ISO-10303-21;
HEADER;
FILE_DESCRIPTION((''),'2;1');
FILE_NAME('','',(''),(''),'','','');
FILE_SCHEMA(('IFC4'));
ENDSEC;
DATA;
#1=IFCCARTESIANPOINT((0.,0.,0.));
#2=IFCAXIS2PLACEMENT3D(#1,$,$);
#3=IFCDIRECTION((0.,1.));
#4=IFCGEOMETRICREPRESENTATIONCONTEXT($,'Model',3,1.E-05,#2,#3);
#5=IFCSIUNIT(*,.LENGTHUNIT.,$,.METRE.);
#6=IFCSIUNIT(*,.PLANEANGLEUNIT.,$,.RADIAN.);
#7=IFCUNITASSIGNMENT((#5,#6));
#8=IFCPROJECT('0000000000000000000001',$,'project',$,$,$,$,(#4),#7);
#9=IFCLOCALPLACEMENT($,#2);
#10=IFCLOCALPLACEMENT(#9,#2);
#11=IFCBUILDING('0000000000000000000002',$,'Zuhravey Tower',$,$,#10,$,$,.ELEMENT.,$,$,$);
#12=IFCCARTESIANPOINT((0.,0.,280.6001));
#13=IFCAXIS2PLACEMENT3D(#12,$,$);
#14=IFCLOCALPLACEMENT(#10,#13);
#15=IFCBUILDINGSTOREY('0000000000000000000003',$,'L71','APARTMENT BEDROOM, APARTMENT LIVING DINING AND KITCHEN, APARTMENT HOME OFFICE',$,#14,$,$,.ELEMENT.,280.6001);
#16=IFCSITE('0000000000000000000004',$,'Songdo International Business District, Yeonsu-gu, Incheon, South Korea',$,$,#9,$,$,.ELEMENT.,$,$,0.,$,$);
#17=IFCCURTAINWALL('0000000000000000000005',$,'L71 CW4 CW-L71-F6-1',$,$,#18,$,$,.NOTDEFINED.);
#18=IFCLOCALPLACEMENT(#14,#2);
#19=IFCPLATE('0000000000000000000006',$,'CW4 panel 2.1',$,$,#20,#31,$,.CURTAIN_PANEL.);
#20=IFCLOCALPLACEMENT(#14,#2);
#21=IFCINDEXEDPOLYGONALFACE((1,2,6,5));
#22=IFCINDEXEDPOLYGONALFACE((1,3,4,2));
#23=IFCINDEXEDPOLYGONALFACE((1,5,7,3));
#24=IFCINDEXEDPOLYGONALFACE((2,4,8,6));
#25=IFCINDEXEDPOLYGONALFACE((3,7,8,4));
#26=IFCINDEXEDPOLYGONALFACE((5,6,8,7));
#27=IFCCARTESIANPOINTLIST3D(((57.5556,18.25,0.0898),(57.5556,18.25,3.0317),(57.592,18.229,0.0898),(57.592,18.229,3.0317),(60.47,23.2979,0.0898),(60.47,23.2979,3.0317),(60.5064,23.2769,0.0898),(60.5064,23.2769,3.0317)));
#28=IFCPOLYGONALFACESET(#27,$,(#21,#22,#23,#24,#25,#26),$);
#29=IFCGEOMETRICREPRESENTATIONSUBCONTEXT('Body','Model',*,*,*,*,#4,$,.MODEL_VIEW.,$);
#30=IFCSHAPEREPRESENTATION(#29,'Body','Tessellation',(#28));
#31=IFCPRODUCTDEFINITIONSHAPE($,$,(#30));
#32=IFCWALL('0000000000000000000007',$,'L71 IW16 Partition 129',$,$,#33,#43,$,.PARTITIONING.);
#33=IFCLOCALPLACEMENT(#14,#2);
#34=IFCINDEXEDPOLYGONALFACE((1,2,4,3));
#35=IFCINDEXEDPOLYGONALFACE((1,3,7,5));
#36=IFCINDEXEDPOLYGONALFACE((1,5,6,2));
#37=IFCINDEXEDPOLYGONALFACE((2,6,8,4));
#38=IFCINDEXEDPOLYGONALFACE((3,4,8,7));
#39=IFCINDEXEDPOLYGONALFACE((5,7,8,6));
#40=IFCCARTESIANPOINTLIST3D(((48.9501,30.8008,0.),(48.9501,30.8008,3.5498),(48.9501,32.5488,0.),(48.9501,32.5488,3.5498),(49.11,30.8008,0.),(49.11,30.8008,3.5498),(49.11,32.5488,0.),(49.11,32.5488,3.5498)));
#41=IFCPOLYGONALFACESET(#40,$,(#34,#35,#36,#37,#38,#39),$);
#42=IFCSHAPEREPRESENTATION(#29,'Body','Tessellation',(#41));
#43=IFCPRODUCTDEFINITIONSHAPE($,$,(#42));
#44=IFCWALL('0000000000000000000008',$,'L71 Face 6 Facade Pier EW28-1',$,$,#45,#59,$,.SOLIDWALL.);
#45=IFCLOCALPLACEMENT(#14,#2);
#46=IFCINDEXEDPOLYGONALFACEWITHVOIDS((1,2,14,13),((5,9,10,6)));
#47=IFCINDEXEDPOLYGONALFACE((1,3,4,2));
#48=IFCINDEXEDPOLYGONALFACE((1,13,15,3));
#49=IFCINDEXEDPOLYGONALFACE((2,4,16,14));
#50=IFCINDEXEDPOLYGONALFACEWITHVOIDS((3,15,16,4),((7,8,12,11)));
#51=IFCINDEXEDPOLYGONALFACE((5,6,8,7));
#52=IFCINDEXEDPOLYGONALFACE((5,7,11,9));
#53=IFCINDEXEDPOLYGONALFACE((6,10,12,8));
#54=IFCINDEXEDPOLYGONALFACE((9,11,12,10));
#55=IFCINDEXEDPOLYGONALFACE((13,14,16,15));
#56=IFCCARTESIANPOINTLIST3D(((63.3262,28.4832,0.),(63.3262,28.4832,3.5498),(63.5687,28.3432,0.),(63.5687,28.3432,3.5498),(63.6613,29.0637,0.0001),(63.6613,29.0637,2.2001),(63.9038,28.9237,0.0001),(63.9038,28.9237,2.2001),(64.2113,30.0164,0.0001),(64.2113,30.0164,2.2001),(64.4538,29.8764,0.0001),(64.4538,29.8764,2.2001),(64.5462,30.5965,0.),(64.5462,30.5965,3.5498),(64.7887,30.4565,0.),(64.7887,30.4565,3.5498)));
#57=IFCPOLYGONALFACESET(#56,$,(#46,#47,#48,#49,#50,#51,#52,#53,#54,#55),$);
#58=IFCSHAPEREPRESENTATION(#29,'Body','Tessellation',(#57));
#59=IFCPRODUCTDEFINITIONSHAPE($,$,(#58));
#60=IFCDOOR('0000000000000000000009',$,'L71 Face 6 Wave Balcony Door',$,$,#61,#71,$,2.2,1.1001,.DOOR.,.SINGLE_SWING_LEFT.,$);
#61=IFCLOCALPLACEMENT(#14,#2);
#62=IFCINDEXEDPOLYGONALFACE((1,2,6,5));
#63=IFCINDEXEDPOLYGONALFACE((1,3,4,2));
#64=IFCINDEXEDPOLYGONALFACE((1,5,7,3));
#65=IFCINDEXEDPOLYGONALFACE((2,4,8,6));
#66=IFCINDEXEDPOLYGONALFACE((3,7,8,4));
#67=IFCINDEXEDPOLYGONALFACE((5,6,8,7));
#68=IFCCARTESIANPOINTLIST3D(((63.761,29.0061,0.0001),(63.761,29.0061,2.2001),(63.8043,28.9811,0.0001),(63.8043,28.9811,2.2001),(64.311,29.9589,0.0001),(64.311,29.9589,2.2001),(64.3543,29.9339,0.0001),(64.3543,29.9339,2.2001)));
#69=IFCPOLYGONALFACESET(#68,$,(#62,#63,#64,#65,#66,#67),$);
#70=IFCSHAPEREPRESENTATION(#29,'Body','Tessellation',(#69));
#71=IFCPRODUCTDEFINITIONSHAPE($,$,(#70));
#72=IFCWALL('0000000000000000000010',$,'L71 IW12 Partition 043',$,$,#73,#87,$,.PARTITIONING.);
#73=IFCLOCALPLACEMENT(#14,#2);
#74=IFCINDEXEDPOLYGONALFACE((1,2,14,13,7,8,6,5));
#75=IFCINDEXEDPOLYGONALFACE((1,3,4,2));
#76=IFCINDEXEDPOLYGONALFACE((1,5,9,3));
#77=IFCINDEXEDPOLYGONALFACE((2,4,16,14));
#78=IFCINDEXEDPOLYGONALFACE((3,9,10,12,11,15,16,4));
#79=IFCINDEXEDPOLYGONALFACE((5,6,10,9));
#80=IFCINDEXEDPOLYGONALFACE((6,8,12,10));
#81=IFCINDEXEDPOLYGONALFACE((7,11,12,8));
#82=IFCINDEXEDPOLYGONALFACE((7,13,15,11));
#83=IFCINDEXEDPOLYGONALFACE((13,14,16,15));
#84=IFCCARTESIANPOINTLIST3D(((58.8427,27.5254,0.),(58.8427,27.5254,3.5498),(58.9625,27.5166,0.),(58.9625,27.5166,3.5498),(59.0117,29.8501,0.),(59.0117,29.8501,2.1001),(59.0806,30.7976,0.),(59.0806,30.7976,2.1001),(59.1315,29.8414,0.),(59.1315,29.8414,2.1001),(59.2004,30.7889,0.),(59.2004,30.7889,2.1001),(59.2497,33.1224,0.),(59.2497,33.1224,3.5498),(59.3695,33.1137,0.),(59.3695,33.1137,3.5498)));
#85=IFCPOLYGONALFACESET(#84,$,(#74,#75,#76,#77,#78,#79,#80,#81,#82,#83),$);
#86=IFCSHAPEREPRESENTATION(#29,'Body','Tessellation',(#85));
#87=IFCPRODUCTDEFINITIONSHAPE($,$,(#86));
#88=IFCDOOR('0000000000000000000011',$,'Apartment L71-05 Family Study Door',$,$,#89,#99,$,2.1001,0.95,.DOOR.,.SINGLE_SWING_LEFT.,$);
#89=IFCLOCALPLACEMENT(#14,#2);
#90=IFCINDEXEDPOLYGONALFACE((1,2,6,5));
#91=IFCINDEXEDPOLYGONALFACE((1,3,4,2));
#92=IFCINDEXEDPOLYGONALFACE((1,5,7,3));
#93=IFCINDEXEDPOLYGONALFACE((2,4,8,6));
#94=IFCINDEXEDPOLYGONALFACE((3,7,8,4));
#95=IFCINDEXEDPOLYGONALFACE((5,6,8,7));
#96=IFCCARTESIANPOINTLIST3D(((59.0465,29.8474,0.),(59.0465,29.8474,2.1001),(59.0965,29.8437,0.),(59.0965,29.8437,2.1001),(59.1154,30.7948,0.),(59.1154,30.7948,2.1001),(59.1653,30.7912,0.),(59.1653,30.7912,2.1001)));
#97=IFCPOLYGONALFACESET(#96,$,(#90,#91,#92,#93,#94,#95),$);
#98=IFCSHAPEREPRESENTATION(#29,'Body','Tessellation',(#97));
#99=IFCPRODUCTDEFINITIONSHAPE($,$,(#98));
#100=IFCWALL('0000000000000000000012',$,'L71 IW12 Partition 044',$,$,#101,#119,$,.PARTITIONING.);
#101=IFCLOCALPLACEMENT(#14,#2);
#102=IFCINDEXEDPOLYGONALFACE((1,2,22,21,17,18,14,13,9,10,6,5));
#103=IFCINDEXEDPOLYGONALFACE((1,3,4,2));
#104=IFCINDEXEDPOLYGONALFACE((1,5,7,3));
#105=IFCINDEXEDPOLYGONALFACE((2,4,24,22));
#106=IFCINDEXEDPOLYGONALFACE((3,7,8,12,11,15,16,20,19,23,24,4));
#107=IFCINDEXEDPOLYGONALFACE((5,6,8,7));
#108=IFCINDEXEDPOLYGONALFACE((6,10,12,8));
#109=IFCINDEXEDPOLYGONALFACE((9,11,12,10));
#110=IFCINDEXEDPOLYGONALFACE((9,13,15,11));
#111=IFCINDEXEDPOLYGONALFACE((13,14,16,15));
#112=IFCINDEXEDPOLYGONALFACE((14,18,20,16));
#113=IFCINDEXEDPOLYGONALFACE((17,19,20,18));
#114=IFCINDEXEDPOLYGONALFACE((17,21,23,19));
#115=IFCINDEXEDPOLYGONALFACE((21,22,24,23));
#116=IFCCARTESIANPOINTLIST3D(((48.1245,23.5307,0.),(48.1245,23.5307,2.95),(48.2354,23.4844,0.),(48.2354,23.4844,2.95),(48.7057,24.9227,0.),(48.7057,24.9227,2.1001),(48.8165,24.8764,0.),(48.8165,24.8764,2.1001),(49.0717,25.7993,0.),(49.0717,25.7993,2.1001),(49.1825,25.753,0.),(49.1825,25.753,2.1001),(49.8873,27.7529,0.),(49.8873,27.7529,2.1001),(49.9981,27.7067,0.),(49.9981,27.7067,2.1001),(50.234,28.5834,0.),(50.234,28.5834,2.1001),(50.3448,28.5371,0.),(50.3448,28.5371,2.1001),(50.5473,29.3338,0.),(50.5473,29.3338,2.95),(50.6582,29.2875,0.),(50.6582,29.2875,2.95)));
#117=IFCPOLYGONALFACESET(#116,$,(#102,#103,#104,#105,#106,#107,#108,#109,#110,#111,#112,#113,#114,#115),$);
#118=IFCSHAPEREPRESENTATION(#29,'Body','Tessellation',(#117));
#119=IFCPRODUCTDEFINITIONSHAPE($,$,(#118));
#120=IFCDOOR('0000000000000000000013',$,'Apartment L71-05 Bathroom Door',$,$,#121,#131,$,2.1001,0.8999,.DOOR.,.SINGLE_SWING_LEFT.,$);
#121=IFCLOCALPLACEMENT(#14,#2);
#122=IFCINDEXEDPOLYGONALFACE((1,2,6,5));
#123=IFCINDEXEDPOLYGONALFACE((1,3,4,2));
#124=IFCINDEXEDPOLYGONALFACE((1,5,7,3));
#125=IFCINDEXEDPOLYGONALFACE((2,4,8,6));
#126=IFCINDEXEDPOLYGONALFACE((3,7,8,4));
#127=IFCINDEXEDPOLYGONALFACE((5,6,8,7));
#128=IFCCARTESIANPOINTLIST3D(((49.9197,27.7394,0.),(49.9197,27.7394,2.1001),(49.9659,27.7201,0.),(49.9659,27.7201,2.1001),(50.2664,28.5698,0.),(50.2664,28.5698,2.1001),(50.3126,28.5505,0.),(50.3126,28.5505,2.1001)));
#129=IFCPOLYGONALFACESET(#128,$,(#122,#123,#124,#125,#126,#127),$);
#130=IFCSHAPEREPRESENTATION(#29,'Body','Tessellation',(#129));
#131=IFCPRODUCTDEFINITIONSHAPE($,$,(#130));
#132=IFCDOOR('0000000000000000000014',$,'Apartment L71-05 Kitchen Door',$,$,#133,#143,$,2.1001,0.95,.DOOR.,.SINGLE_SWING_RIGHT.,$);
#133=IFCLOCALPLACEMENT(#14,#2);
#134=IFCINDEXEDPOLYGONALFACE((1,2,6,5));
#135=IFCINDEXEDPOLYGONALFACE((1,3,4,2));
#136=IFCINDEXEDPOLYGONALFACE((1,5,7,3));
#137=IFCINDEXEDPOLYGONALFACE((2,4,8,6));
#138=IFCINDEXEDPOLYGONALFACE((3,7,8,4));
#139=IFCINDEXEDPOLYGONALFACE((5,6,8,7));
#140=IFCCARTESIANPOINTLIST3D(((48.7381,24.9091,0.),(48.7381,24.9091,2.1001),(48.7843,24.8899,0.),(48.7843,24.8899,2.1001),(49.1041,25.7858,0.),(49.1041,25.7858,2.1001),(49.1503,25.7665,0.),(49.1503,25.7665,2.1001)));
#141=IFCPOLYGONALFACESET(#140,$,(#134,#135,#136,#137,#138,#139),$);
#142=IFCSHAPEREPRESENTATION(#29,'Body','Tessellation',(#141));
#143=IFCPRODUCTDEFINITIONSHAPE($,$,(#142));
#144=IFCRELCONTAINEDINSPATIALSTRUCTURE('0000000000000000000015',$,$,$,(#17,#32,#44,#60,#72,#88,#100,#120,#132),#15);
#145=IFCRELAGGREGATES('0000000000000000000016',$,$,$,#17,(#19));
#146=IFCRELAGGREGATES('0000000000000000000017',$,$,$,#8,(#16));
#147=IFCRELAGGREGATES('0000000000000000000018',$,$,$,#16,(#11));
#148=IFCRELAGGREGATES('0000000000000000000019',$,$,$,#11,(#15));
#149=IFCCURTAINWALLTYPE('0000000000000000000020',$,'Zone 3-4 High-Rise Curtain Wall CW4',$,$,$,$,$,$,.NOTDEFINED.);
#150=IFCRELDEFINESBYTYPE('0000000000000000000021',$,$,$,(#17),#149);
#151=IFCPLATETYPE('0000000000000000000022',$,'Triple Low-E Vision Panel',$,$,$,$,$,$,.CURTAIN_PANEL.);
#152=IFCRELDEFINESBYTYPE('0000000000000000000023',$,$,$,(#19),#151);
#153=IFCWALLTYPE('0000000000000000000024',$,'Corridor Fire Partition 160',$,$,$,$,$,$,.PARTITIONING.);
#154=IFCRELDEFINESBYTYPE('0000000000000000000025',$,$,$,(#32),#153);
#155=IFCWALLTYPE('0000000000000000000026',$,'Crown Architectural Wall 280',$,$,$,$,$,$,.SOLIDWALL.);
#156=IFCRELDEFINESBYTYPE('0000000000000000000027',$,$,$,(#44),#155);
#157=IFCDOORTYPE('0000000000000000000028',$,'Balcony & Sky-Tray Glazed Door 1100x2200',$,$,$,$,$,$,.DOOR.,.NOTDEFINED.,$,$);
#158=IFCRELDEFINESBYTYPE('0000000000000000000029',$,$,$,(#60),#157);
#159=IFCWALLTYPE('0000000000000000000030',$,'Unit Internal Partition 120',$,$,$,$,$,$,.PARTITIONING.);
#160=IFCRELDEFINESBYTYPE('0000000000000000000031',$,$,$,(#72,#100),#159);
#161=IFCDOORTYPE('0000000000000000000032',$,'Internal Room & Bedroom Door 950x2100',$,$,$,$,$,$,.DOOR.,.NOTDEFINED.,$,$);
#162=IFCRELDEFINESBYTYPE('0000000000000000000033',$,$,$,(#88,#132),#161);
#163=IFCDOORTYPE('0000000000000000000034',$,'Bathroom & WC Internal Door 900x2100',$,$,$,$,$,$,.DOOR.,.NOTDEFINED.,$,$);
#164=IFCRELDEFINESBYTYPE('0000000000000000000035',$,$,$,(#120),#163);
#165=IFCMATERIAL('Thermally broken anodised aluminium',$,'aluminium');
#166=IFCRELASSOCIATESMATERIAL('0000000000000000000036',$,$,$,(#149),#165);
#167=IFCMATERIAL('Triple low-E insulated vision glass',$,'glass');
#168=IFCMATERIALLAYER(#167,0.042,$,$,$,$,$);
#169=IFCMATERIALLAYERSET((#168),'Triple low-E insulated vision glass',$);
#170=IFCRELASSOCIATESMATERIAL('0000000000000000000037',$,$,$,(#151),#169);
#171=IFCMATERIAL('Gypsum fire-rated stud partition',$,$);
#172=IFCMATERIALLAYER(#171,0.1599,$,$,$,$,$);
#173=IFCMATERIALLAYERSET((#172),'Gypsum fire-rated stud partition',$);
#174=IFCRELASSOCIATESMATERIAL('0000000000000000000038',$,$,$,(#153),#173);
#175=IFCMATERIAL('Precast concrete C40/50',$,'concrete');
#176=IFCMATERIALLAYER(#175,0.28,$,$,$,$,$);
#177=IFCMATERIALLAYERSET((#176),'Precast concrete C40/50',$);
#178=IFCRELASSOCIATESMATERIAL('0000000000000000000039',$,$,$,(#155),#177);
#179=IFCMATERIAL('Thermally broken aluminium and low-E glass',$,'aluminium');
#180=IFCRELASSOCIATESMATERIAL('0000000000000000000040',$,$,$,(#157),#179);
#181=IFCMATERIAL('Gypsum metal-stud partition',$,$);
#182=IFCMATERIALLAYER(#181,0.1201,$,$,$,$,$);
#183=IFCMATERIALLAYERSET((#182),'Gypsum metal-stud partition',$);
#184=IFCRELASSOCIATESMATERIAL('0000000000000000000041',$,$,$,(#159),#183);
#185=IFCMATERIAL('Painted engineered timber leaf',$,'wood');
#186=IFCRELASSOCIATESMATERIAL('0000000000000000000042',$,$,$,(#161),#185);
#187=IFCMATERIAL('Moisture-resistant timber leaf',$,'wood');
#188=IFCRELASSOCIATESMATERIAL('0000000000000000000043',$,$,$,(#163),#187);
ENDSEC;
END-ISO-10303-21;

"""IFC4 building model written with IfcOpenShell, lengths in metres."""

from ifc_helpers import new_model, si_unit, direction, frame, frame_2d, origin, origin_2d, place, context, subcontext, project, spatial, rectangle, extrude, material, layer, layer_set, type_object, element, fill, aggregate, save


model = new_model("IFC4")

# Units and contexts
model_context = context("Model", 3, precision=1e-05, world=origin(), true_north=direction((0.0, 1.0)))
body_context = subcontext(model_context, "Body", "Model", "MODEL_VIEW")
ifc_project = project(units=[si_unit("LENGTHUNIT", "METRE"), si_unit("PLANEANGLEUNIT", "RADIAN")], contexts=[model_context])

# Site, building, storey
site_placement = place(None, origin())
site = spatial("IfcSite", under=ifc_project, at=site_placement, Name="Songdo International Business District, Yeonsu-gu, Incheon, South Korea", CompositionType="ELEMENT", RefElevation=0.0)
building_placement = place(site_placement, origin())
building = spatial("IfcBuilding", under=site, at=building_placement, Name="Zuhravey Tower", CompositionType="ELEMENT")
storey_placement = place(building_placement, frame((0.0, 0.0, 280.6001)))
storey = spatial("IfcBuildingStorey", under=building, at=storey_placement, Name="L71", Description="APARTMENT BEDROOM, APARTMENT LIVING DINING AND KITCHEN, APARTMENT HOME OFFICE", CompositionType="ELEMENT", Elevation=280.6001)

# Curtain wall
ifc_material_1 = material(Name="Thermally broken anodised aluminium", Category="aluminium")
curtain_wall_type = type_object("IfcCurtainWallType", Name="Zone 3-4 High-Rise Curtain Wall CW4", PredefinedType="NOTDEFINED", material=ifc_material_1)
curtain_wall_placement = place(storey_placement, origin())
curtain_wall = element("IfcCurtainWall", 1, at=curtain_wall_placement, inside=storey, type_object=curtain_wall_type, Name="L71 CW4 CW-L71-F6-1", PredefinedType="NOTDEFINED")

# Plate
ifc_material_2 = material(Name="Triple low-E insulated vision glass", Category="glass")
ifc_layer_1 = layer(ifc_material_2, 0.042)
ifc_layer_set_1 = layer_set([ifc_layer_1], Name="Triple low-E insulated vision glass")
plate_type = type_object("IfcPlateType", Name="Triple Low-E Vision Panel", PredefinedType="CURTAIN_PANEL", material=ifc_layer_set_1)
plate_1_placement = place(storey_placement, frame((59.031, 20.7634, 0.0898), z_axis=(0.0, 0.0, 1.0), x_axis=(-0.500002, -0.866024, 0.0)))
plate_1 = element("IfcPlate", 2, at=plate_1_placement, type_object=plate_type, Name="CW4 panel 2.1", PredefinedType="CURTAIN_PANEL", context=body_context, shape_type="SweptSolid", body=[
    extrude(rectangle(XDim=5.8289, YDim=0.042, at=origin_2d()), origin(), (0.0, 0.0, 1.0), 2.9419),
])
aggregate(curtain_wall, [plate_1])

# Wall
ifc_material_3 = material(Name="Gypsum fire-rated stud partition")
ifc_layer_2 = layer(ifc_material_3, 0.1599)
ifc_layer_set_2 = layer_set([ifc_layer_2], Name="Gypsum fire-rated stud partition")
wall_type_1 = type_object("IfcWallType", Name="Corridor Fire Partition 160", PredefinedType="PARTITIONING", material=ifc_layer_set_2)
wall_1_placement = place(storey_placement, frame((49.03, 30.8008, 0.0), z_axis=(0.0, 0.0, 1.0), x_axis=(0.0, 1.0, 0.0)))
element("IfcWall", 3, at=wall_1_placement, inside=storey, type_object=wall_type_1, Name="L71 IW16 Partition 129", PredefinedType="PARTITIONING", context=body_context, shape_type="SweptSolid", body=[
    extrude(rectangle(XDim=1.748, YDim=0.1599, at=frame_2d((0.874, 0.0))), origin(), (0.0, 0.0, 1.0), 3.5498),
])

# Walls, openings, doors
ifc_material_4 = material(Name="Precast concrete C40/50", Category="concrete")
ifc_layer_3 = layer(ifc_material_4, 0.28)
ifc_layer_set_3 = layer_set([ifc_layer_3], Name="Precast concrete C40/50")
wall_type_2 = type_object("IfcWallType", Name="Crown Architectural Wall 280", PredefinedType="SOLIDWALL", material=ifc_layer_set_3)
wall_2_placement = place(storey_placement, frame((64.6675, 30.5266, 0.0), z_axis=(0.0, 0.0, 1.0), x_axis=(-0.499959, -0.866049, 0.0)))
wall_2 = element("IfcWall", 4, at=wall_2_placement, inside=storey, type_object=wall_type_2, Name="L71 Face 6 Facade Pier EW28-1", PredefinedType="SOLIDWALL", context=body_context, shape_type="SweptSolid", body=[
    extrude(rectangle(XDim=2.4402, YDim=0.28, at=frame_2d((1.2202, 0.0))), origin(), (0.0, 0.0, 1.0), 3.5498),
])
opening_1_placement = place(wall_2_placement, frame((0.6699, 0.0, 0.0)))
opening_1 = element("IfcOpeningElement", 5, at=opening_1_placement, cuts=wall_2, PredefinedType="OPENING", context=body_context, shape_type="SweptSolid", body=[
    extrude(rectangle(XDim=1.1001, YDim=2.2, at=frame_2d((0.55, 1.1001))), frame((0.0, 0.1521, 0.0), z_axis=(0.0, -1.0, 0.0), x_axis=(1.0, 0.0, 0.0)), (0.0, 0.0, 1.0), 0.304),
])
ifc_material_5 = material(Name="Thermally broken aluminium and low-E glass", Category="aluminium")
door_type_1 = type_object("IfcDoorType", Name="Balcony & Sky-Tray Glazed Door 1100x2200", OperationType="NOTDEFINED", PredefinedType="DOOR", material=ifc_material_5)
door_1_placement = place(opening_1_placement, frame((1.1001, 0.0, 0.0), z_axis=(0.0, 0.0, 1.0), x_axis=(-1.0, 0.0, 0.0)))
door_1 = element("IfcDoor", 6, at=door_1_placement, inside=storey, type_object=door_type_1, Name="L71 Face 6 Wave Balcony Door", OperationType="SINGLE_SWING_LEFT", OverallHeight=2.2, OverallWidth=1.1001, PredefinedType="DOOR", context=body_context, shape_type="SweptSolid", body=[
    extrude(rectangle(XDim=1.1001, YDim=2.2, at=frame_2d((0.55, 1.1001))), frame((0.0, 0.0249, 0.0), z_axis=(0.0, -1.0, 0.0), x_axis=(1.0, 0.0, 0.0)), (0.0, 0.0, 1.0), 0.05),
])
fill(opening_1, door_1)
ifc_material_6 = material(Name="Gypsum metal-stud partition")
ifc_layer_4 = layer(ifc_material_6, 0.1201)
ifc_layer_set_4 = layer_set([ifc_layer_4], Name="Gypsum metal-stud partition")
wall_type_3 = type_object("IfcWallType", Name="Unit Internal Partition 120", PredefinedType="PARTITIONING", material=ifc_layer_set_4)
wall_3_placement = place(storey_placement, frame((58.9026, 27.521, 0.0), z_axis=(0.0, 0.0, 1.0), x_axis=(0.072524, 0.997367, 0.0)))
wall_3 = element("IfcWall", 7, at=wall_3_placement, inside=storey, type_object=wall_type_3, Name="L71 IW12 Partition 043", PredefinedType="PARTITIONING", context=body_context, shape_type="SweptSolid", body=[
    extrude(rectangle(XDim=5.6118, YDim=0.1201, at=frame_2d((2.8059, 0.0))), origin(), (0.0, 0.0, 1.0), 3.5498),
])
opening_2_placement = place(wall_3_placement, frame((2.3308, 0.0, 0.0)))
opening_2 = element("IfcOpeningElement", 8, at=opening_2_placement, cuts=wall_3, PredefinedType="OPENING", context=body_context, shape_type="SweptSolid", body=[
    extrude(rectangle(XDim=0.95, YDim=2.1001, at=frame_2d((0.4751, 1.05))), frame((0.0, 0.072, 0.0), z_axis=(0.0, -1.0, 0.0), x_axis=(1.0, 0.0, 0.0)), (0.0, 0.0, 1.0), 0.144),
])
ifc_material_7 = material(Name="Painted engineered timber leaf", Category="wood")
door_type_2 = type_object("IfcDoorType", Name="Internal Room & Bedroom Door 950x2100", OperationType="NOTDEFINED", PredefinedType="DOOR", material=ifc_material_7)
door_2_placement = place(opening_2_placement, frame((0.95, 0.0, 0.0), z_axis=(0.0, 0.0, 1.0), x_axis=(-1.0, 0.0, 0.0)))
door_2 = element("IfcDoor", 9, at=door_2_placement, inside=storey, type_object=door_type_2, Name="Apartment L71-05 Family Study Door", OperationType="SINGLE_SWING_LEFT", OverallHeight=2.1001, OverallWidth=0.95, PredefinedType="DOOR", context=body_context, shape_type="SweptSolid", body=[
    extrude(rectangle(XDim=0.95, YDim=2.1001, at=frame_2d((0.4751, 1.05))), frame((0.0, 0.0249, 0.0), z_axis=(0.0, -1.0, 0.0), x_axis=(1.0, 0.0, 0.0)), (0.0, 0.0, 1.0), 0.05),
])
fill(opening_2, door_2)

# Wall, openings, doors
wall_4_placement = place(storey_placement, frame((48.1799, 23.5076, 0.0), z_axis=(0.0, 0.0, 1.0), x_axis=(0.385271, 0.922803, 0.0)))
wall_4 = element("IfcWall", 10, at=wall_4_placement, inside=storey, type_object=wall_type_3, Name="L71 IW12 Partition 044", PredefinedType="PARTITIONING", context=body_context, shape_type="SweptSolid", body=[
    extrude(rectangle(XDim=6.2886, YDim=0.1201, at=frame_2d((3.1443, 0.0))), origin(), (0.0, 0.0, 1.0), 2.95),
])
opening_3_placement = place(wall_4_placement, frame((1.5083, 0.0, 0.0)))
opening_3 = element("IfcOpeningElement", 11, at=opening_3_placement, cuts=wall_4, PredefinedType="OPENING", context=body_context, shape_type="SweptSolid", body=[
    extrude(rectangle(XDim=0.95, YDim=2.1001, at=frame_2d((0.4751, 1.05))), frame((0.0, 0.072, 0.0), z_axis=(0.0, -1.0, 0.0), x_axis=(1.0, 0.0, 0.0)), (0.0, 0.0, 1.0), 0.144),
])
opening_4_placement = place(wall_4_placement, frame((4.5754, 0.0, 0.0)))
opening_4 = element("IfcOpeningElement", 12, at=opening_4_placement, cuts=wall_4, PredefinedType="OPENING", context=body_context, shape_type="SweptSolid", body=[
    extrude(rectangle(XDim=0.8999, YDim=2.1001, at=frame_2d((0.45, 1.05))), frame((0.0, 0.072, 0.0), z_axis=(0.0, -1.0, 0.0), x_axis=(1.0, 0.0, 0.0)), (0.0, 0.0, 1.0), 0.144),
])
ifc_material_8 = material(Name="Moisture-resistant timber leaf", Category="wood")
door_type_3 = type_object("IfcDoorType", Name="Bathroom & WC Internal Door 900x2100", OperationType="NOTDEFINED", PredefinedType="DOOR", material=ifc_material_8)
door_3_placement = place(opening_4_placement, origin())
door_3 = element("IfcDoor", 13, at=door_3_placement, inside=storey, type_object=door_type_3, Name="Apartment L71-05 Bathroom Door", OperationType="SINGLE_SWING_LEFT", OverallHeight=2.1001, OverallWidth=0.8999, PredefinedType="DOOR", context=body_context, shape_type="SweptSolid", body=[
    extrude(rectangle(XDim=0.8999, YDim=2.1001, at=frame_2d((0.45, 1.05))), frame((0.0, 0.0249, 0.0), z_axis=(0.0, -1.0, 0.0), x_axis=(1.0, 0.0, 0.0)), (0.0, 0.0, 1.0), 0.05),
])
fill(opening_4, door_3)
door_4_placement = place(opening_3_placement, origin())
door_4 = element("IfcDoor", 14, at=door_4_placement, inside=storey, type_object=door_type_2, Name="Apartment L71-05 Kitchen Door", OperationType="SINGLE_SWING_RIGHT", OverallHeight=2.1001, OverallWidth=0.95, PredefinedType="DOOR", context=body_context, shape_type="SweptSolid", body=[
    extrude(rectangle(XDim=0.95, YDim=2.1001, at=frame_2d((0.4751, 1.05))), frame((0.0, 0.0249, 0.0), z_axis=(0.0, -1.0, 0.0), x_axis=(1.0, 0.0, 0.0)), (0.0, 0.0, 1.0), 0.05),
])
fill(opening_3, door_4)

save(model, "model.ifc")
